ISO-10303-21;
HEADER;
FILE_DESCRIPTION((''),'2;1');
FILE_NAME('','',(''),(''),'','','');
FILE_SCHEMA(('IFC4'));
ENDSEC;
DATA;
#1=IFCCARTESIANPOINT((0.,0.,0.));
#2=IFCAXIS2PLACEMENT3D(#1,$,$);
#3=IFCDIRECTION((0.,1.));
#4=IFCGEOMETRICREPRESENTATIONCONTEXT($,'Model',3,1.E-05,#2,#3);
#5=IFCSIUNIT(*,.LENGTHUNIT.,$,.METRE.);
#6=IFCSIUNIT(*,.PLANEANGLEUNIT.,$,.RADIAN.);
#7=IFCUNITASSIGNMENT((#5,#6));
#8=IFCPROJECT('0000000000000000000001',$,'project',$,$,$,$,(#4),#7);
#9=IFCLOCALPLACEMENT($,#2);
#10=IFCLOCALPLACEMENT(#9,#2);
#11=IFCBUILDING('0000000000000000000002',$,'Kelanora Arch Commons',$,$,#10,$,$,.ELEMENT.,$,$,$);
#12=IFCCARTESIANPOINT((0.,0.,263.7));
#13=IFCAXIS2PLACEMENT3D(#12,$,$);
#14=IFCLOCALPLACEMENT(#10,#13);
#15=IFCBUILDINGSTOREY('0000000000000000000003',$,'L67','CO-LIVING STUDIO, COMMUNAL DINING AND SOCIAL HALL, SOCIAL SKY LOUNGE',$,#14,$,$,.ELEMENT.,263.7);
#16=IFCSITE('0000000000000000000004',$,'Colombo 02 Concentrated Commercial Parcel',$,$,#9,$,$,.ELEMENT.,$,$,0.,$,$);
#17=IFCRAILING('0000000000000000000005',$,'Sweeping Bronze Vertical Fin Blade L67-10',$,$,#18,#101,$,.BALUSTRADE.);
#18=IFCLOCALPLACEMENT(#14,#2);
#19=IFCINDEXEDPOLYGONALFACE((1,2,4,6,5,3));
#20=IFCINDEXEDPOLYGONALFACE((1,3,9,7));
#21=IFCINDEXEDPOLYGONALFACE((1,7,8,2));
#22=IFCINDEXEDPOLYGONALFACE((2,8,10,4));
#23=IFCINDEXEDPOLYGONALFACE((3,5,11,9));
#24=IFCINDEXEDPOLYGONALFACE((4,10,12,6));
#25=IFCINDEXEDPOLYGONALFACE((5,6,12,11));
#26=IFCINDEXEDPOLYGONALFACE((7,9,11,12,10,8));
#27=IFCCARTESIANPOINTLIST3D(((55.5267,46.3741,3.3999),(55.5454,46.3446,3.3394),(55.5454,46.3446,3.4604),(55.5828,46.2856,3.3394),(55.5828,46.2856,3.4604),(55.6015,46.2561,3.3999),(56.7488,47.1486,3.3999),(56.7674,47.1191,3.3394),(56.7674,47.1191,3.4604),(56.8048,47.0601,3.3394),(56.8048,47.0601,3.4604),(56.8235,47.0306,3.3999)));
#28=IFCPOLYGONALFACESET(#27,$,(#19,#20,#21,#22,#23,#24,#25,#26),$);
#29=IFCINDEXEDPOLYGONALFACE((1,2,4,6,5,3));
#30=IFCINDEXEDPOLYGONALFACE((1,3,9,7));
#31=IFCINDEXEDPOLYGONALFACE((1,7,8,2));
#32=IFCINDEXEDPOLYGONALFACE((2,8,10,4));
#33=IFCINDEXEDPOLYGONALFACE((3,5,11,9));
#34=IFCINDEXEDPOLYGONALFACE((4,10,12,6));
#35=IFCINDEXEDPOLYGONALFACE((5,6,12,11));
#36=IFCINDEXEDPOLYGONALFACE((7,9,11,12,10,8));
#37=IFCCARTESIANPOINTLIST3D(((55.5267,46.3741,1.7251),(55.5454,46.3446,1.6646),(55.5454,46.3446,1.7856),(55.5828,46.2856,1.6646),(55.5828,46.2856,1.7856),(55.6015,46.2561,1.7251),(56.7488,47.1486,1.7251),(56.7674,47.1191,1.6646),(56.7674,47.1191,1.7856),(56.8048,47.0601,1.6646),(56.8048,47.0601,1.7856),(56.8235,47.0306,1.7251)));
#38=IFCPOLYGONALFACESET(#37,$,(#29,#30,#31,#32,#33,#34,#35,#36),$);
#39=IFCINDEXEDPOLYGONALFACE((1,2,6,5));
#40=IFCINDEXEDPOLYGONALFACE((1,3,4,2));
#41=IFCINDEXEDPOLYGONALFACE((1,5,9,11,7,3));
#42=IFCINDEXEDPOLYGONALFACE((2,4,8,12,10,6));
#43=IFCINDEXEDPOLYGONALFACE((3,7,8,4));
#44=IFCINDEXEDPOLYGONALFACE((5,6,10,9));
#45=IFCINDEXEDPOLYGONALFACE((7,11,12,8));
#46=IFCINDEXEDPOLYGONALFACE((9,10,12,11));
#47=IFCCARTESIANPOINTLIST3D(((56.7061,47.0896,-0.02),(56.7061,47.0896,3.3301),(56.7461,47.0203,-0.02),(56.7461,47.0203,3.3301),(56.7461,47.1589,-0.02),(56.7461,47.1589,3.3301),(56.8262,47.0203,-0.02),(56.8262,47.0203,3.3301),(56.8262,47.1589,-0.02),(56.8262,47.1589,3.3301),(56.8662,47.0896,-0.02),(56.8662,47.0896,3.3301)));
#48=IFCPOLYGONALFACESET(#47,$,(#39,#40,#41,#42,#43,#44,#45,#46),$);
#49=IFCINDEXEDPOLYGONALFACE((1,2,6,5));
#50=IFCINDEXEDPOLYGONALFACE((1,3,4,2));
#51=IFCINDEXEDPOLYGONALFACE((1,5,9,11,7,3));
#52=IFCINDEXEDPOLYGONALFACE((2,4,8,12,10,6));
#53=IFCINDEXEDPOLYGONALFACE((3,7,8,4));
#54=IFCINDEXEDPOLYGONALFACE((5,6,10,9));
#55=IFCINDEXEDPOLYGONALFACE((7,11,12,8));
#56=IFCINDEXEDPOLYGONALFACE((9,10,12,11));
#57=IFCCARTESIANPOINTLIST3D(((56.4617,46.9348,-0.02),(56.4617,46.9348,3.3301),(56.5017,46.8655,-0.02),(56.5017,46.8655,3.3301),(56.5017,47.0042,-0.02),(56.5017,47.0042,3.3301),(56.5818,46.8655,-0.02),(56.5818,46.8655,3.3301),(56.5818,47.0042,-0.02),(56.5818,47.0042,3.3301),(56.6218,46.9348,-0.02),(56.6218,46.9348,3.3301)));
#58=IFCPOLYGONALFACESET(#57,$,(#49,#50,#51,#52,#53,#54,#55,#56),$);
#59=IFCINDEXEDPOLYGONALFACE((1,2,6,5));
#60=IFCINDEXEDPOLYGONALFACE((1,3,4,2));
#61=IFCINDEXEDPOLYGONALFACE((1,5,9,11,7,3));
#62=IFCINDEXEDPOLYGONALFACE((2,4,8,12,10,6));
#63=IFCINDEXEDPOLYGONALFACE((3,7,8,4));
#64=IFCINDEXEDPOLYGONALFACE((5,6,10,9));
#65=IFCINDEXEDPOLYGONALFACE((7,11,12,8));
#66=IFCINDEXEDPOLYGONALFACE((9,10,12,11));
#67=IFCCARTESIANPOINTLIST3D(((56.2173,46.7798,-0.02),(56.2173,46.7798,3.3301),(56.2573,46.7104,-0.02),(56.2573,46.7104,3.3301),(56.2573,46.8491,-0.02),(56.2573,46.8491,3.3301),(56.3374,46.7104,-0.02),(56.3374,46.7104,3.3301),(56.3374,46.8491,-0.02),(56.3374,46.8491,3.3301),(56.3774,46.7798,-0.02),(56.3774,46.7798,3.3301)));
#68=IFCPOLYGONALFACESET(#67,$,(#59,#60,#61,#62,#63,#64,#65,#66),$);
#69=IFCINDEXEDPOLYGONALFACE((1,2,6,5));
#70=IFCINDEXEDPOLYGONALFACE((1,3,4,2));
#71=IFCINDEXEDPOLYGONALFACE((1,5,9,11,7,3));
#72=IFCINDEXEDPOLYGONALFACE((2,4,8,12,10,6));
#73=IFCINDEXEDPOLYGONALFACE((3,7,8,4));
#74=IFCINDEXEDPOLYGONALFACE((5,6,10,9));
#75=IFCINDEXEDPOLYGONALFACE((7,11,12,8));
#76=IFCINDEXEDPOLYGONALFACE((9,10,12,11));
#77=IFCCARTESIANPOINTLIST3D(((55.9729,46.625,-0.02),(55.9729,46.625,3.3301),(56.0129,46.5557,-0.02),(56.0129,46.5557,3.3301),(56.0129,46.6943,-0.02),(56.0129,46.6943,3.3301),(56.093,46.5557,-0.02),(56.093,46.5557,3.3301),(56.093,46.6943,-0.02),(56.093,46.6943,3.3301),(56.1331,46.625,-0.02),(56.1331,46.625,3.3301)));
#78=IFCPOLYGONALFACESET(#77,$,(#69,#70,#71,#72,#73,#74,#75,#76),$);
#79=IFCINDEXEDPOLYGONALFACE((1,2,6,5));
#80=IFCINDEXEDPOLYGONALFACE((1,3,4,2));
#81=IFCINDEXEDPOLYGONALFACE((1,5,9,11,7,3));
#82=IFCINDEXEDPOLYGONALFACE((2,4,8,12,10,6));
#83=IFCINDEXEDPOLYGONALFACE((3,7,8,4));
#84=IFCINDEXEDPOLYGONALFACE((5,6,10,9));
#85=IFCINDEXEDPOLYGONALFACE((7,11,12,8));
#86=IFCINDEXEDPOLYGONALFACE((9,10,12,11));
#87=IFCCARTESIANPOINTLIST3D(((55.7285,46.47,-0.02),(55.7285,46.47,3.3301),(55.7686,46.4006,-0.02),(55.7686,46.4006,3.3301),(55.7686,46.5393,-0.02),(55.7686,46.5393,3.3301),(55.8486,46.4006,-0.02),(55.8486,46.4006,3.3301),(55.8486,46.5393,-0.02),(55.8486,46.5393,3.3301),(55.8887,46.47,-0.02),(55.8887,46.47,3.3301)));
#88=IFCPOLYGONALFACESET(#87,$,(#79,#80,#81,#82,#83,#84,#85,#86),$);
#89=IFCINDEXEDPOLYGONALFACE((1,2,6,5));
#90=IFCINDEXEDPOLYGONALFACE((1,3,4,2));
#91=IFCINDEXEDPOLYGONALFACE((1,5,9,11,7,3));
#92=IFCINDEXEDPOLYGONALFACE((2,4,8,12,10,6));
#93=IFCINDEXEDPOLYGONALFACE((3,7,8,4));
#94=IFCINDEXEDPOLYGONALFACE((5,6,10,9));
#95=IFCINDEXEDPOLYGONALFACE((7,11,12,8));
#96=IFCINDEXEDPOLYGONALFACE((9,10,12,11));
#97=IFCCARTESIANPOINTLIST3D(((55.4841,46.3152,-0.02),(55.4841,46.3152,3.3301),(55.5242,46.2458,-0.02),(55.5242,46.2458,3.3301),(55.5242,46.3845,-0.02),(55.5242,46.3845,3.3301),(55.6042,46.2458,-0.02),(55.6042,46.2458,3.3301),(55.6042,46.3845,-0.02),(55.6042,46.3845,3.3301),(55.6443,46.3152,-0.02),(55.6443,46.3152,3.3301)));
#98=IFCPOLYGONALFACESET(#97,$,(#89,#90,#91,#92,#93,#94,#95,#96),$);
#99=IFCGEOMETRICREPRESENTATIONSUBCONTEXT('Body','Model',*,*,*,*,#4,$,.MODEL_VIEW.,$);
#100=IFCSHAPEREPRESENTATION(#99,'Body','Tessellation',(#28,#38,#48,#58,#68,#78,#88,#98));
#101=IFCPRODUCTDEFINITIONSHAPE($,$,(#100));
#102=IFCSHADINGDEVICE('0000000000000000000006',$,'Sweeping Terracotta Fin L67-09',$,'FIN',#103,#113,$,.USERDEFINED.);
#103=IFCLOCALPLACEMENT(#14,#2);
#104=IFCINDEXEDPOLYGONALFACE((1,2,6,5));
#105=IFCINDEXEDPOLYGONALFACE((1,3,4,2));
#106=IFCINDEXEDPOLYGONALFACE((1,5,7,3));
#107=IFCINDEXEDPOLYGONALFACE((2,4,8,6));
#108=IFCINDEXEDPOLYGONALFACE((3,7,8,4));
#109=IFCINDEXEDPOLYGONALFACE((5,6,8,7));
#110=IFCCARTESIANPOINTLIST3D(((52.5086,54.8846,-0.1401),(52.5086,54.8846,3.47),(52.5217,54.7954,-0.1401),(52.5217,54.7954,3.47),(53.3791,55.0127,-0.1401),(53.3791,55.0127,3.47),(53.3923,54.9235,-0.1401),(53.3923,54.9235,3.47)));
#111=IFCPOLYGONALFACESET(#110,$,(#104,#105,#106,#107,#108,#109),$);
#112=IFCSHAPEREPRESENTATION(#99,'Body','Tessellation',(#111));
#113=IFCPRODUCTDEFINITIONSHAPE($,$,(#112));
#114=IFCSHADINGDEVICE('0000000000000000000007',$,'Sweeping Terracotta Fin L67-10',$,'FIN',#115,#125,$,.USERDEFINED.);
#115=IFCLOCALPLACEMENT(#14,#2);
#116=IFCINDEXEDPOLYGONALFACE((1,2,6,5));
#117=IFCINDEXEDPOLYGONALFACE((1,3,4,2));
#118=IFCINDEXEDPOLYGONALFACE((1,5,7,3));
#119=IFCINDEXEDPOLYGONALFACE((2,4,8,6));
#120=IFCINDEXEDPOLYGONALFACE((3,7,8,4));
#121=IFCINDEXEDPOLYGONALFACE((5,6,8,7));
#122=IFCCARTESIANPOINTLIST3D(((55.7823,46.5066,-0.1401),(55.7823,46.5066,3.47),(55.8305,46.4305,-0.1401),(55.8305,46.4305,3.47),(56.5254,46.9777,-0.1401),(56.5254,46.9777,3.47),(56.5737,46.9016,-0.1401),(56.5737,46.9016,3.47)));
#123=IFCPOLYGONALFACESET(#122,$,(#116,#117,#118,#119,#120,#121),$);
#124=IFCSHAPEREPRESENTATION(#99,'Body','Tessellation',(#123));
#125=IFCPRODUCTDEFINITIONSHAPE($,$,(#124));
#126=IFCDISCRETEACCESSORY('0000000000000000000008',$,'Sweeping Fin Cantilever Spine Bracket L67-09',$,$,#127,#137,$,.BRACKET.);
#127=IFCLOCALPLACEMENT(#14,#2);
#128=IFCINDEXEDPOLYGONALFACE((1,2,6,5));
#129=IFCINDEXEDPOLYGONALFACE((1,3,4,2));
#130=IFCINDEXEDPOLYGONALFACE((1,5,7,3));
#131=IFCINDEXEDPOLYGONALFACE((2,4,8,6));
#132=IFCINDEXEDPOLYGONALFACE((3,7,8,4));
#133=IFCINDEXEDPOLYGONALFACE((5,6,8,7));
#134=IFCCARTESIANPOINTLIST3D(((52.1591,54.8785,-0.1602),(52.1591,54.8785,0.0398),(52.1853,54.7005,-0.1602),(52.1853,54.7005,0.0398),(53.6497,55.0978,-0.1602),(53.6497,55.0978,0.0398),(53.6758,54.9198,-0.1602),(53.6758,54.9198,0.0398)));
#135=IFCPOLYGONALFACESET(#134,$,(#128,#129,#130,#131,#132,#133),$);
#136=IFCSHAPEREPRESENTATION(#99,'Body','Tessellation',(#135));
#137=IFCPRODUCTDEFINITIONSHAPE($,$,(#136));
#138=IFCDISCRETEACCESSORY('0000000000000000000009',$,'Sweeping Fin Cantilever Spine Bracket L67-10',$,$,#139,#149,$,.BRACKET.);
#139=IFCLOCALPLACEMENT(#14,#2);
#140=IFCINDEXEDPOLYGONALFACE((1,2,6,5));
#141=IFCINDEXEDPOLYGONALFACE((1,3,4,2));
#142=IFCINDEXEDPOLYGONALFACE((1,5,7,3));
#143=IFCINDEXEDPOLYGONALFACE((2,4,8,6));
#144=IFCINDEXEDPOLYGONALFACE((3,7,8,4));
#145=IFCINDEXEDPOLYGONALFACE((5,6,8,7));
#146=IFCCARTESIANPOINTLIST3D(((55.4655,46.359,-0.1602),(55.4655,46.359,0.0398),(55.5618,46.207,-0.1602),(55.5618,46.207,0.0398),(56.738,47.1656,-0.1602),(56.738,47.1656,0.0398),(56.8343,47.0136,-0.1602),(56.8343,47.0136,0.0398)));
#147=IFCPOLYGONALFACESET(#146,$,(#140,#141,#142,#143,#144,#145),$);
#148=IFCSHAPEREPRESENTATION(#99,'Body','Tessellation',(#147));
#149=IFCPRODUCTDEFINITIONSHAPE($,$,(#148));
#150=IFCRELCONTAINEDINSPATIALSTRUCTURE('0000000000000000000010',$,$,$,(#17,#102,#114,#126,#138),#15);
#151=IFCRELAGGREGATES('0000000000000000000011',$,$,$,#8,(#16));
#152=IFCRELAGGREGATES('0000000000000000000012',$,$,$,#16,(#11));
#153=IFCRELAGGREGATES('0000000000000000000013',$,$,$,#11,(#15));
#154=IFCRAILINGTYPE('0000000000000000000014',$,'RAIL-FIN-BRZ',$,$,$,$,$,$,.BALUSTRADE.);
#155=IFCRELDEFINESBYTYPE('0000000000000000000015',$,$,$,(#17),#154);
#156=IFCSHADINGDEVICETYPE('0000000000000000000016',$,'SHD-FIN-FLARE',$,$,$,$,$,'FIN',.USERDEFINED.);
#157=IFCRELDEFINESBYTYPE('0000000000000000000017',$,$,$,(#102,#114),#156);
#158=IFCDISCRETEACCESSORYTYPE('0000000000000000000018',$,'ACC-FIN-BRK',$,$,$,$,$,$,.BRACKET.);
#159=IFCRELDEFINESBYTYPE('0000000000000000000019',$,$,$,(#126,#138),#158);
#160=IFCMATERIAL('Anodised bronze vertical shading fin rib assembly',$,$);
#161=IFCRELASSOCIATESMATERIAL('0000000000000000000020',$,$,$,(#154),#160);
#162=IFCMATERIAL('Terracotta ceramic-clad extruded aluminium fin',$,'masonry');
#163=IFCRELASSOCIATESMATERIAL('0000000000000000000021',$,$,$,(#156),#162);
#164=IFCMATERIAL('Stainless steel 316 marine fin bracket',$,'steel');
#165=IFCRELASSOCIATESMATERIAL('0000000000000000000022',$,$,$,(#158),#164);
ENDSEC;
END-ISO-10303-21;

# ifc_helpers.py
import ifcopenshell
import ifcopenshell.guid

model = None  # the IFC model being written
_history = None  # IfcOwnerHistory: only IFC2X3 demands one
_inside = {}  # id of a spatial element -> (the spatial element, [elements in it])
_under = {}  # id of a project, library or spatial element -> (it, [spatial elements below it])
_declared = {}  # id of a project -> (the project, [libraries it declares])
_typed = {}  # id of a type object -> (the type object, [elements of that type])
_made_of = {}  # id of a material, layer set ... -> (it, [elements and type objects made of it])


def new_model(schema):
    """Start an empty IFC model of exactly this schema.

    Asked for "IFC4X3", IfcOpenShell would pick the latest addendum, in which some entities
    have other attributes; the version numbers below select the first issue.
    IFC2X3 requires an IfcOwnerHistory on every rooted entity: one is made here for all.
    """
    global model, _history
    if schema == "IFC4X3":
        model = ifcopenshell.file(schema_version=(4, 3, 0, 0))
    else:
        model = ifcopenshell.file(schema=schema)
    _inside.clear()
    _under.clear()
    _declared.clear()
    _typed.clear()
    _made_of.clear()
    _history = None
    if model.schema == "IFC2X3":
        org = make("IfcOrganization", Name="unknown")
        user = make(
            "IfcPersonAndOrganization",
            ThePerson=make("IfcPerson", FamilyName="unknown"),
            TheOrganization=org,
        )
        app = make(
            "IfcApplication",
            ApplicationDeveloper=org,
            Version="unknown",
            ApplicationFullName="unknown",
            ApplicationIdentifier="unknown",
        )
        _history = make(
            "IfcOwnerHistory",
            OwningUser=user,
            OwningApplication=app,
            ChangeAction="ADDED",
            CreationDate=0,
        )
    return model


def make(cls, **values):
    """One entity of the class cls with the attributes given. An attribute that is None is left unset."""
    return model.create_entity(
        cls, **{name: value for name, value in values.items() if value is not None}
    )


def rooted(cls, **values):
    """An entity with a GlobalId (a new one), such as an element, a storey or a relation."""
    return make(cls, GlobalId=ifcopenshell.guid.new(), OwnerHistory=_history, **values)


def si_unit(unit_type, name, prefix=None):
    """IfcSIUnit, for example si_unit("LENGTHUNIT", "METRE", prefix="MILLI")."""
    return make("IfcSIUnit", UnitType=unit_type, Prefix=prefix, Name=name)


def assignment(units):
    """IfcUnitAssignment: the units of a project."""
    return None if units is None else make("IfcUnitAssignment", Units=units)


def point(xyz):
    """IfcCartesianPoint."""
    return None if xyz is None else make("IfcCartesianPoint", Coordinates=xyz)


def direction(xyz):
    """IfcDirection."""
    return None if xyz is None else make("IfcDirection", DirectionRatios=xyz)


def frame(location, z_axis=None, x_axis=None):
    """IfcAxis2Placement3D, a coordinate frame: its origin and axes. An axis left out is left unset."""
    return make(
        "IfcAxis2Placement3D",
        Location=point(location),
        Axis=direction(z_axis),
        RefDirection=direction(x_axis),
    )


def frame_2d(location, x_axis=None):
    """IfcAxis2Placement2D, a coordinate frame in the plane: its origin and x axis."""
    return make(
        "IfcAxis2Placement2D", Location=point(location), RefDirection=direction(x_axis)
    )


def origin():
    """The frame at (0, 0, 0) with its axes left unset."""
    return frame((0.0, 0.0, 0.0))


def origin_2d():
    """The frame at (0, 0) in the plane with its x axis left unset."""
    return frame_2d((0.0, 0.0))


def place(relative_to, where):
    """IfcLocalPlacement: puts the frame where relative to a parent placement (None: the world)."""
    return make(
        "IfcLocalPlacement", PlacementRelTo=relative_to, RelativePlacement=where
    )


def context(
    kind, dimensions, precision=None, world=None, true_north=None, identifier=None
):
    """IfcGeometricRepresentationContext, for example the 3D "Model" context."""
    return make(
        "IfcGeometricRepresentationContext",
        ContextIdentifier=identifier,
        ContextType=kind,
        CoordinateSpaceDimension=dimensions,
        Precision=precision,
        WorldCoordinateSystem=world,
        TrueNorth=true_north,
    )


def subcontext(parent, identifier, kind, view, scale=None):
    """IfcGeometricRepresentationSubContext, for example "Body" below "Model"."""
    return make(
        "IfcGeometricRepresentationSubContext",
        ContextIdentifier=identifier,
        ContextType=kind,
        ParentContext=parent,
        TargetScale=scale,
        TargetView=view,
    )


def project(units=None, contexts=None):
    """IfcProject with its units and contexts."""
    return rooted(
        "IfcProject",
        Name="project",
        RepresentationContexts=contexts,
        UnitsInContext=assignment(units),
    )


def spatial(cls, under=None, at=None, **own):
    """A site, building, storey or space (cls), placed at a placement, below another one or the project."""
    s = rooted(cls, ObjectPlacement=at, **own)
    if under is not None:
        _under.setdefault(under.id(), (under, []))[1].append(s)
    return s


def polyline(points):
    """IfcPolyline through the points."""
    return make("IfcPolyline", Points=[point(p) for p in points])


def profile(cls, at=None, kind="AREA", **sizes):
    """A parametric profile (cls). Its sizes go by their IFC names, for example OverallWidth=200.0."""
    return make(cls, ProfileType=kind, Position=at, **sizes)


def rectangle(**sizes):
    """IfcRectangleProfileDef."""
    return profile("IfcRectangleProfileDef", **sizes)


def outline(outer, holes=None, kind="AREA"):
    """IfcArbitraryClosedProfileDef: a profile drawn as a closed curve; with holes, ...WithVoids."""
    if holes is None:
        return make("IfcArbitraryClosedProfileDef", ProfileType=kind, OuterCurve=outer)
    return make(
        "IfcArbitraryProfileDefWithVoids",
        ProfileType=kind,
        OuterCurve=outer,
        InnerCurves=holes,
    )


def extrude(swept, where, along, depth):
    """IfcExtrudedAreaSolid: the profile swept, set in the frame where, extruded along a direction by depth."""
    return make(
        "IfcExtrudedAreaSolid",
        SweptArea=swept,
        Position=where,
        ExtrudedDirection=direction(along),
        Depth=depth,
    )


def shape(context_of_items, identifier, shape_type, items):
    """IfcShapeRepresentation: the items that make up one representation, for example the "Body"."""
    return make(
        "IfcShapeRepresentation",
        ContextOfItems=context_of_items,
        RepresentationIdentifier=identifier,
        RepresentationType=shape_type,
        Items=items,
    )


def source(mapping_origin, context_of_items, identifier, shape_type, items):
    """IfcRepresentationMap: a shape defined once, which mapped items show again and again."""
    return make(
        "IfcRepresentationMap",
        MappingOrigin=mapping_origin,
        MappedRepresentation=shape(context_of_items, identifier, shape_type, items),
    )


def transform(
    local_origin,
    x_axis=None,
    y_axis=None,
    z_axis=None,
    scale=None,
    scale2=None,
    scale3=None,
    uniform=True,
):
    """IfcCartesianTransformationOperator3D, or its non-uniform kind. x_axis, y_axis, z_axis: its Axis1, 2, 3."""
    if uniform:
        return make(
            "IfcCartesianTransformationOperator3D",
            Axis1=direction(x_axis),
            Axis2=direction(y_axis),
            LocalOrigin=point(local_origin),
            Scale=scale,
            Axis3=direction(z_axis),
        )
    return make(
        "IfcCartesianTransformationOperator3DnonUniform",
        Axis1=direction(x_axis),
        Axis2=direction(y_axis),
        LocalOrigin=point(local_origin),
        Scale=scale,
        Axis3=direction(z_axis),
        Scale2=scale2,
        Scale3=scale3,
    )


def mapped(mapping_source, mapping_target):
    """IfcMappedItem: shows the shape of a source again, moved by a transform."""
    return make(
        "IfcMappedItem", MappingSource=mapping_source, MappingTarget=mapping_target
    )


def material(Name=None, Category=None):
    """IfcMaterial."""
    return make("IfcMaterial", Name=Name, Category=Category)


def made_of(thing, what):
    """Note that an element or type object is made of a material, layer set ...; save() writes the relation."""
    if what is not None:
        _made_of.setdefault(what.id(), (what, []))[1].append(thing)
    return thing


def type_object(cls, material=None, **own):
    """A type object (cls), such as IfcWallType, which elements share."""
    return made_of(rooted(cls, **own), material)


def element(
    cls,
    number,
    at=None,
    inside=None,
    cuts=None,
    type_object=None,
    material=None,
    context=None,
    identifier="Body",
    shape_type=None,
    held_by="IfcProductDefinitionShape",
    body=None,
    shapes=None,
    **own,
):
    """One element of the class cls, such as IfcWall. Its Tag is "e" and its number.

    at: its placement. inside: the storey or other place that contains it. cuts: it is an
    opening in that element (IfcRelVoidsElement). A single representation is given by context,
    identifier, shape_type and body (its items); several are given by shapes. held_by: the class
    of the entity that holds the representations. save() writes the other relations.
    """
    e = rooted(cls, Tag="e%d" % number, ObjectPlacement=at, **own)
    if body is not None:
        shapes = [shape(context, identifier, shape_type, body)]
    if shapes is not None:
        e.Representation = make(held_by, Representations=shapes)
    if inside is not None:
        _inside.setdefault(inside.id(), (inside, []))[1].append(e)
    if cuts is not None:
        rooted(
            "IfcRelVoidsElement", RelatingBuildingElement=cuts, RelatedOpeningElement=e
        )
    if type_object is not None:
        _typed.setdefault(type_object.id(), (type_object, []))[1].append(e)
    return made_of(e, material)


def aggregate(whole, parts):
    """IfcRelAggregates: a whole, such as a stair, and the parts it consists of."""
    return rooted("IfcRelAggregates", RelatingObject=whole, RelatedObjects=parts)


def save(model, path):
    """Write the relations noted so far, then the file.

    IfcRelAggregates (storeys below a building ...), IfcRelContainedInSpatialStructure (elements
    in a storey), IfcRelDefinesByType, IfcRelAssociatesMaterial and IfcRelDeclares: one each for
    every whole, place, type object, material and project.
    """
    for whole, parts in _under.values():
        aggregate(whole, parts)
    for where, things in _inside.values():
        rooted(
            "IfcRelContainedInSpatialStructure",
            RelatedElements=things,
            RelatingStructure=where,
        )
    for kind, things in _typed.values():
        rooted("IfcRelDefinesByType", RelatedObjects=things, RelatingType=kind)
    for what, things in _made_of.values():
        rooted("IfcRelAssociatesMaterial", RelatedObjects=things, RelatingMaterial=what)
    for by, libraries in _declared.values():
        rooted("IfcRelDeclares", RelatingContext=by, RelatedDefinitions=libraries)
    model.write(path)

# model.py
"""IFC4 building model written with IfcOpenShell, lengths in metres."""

from ifc_helpers import new_model, si_unit, direction, frame, origin, origin_2d, place, context, subcontext, project, spatial, polyline, rectangle, outline, extrude, source, transform, mapped, material, type_object, element, save


model = new_model("IFC4")

# Units and contexts
model_context = context("Model", 3, precision=1e-05, world=origin(), true_north=direction((0.0, 1.0)))
body_context = subcontext(model_context, "Body", "Model", "MODEL_VIEW")
ifc_project = project(units=[si_unit("LENGTHUNIT", "METRE"), si_unit("PLANEANGLEUNIT", "RADIAN")], contexts=[model_context])

# Site, building, storey
site_placement = place(None, origin())
site = spatial("IfcSite", under=ifc_project, at=site_placement, Name="Colombo 02 Concentrated Commercial Parcel", CompositionType="ELEMENT", RefElevation=0.0)
building_placement = place(site_placement, origin())
building = spatial("IfcBuilding", under=site, at=building_placement, Name="Kelanora Arch Commons", CompositionType="ELEMENT")
storey_placement = place(building_placement, frame((0.0, 0.0, 263.7)))
storey = spatial("IfcBuildingStorey", under=building, at=storey_placement, Name="L67", Description="CO-LIVING STUDIO, COMMUNAL DINING AND SOCIAL HALL, SOCIAL SKY LOUNGE", CompositionType="ELEMENT", Elevation=263.7)

# Railing
ifc_material_1 = material(Name="Anodised bronze vertical shading fin rib assembly")
railing_type = type_object("IfcRailingType", Name="RAIL-FIN-BRZ", PredefinedType="BALUSTRADE", material=ifc_material_1)
railing_1_placement = place(storey_placement, frame((56.7861, 47.0896, -0.02)))
element("IfcRailing", 1, at=railing_1_placement, inside=storey, type_object=railing_type, Name="Sweeping Bronze Vertical Fin Blade L67-10", PredefinedType="BALUSTRADE", context=body_context, shape_type="SweptSolid", body=[
    extrude(outline(polyline([(0.0698, 0.0), (0.0349, 0.0605), (-0.0349, 0.0605), (-0.0698, 0.0), (-0.0349, -0.0605), (0.0349, -0.0605), (0.0698, 0.0)])), frame((0.0, 0.0, 3.4199), z_axis=(-0.844654, -0.535313, 0.0), x_axis=(0.535313, -0.844654, 0.0)), (0.0, 0.0, 1.0), 1.4468),
    extrude(outline(polyline([(0.0698, 0.0), (0.0349, 0.0605), (-0.0349, 0.0605), (-0.0698, 0.0), (-0.0349, -0.0605), (0.0349, -0.0605), (0.0698, 0.0)])), frame((0.0, 0.0, 1.7451), z_axis=(-0.844654, -0.535313, 0.0), x_axis=(0.535313, -0.844654, 0.0)), (0.0, 0.0, 1.0), 1.4468),
    extrude(outline(polyline([(0.0801, 0.0), (0.04, 0.0693), (-0.04, 0.0693), (-0.0801, 0.0), (-0.04, -0.0693), (0.04, -0.0693), (0.0801, 0.0)])), origin(), (0.0, 0.0, 1.0), 3.3501),
    extrude(outline(polyline([(0.0801, 0.0), (0.04, 0.0693), (-0.04, 0.0693), (-0.0801, 0.0), (-0.04, -0.0693), (0.04, -0.0693), (0.0801, 0.0)])), frame((-0.2444, -0.1548, 0.0)), (0.0, 0.0, 1.0), 3.3501),
    extrude(outline(polyline([(0.0801, 0.0), (0.04, 0.0693), (-0.04, 0.0693), (-0.0801, 0.0), (-0.04, -0.0693), (0.04, -0.0693), (0.0801, 0.0)])), frame((-0.4888, -0.3098, 0.0)), (0.0, 0.0, 1.0), 3.3501),
    extrude(outline(polyline([(0.0801, 0.0), (0.04, 0.0693), (-0.04, 0.0693), (-0.0801, 0.0), (-0.04, -0.0693), (0.04, -0.0693), (0.0801, 0.0)])), frame((-0.7332, -0.4646, 0.0)), (0.0, 0.0, 1.0), 3.3501),
    extrude(outline(polyline([(0.0801, 0.0), (0.04, 0.0693), (-0.04, 0.0693), (-0.0801, 0.0), (-0.04, -0.0693), (0.04, -0.0693), (0.0801, 0.0)])), frame((-0.9775, -0.6196, 0.0)), (0.0, 0.0, 1.0), 3.3501),
    extrude(outline(polyline([(0.0801, 0.0), (0.04, 0.0693), (-0.04, 0.0693), (-0.0801, 0.0), (-0.04, -0.0693), (0.04, -0.0693), (0.0801, 0.0)])), frame((-1.2219, -0.7744, 0.0)), (0.0, 0.0, 1.0), 3.3501),
])

# Shading devices
ifc_material_2 = material(Name="Terracotta ceramic-clad extruded aluminium fin", Category="masonry")
shading_device_type = type_object("IfcShadingDeviceType", Name="SHD-FIN-FLARE", ElementType="FIN", PredefinedType="USERDEFINED", material=ifc_material_2)
shared_shape_1 = source(origin(), body_context, "Body", "SweptSolid", [
    extrude(rectangle(XDim=0.8799, YDim=0.0901, at=origin_2d()), origin(), (0.0, 0.0, 1.0), 3.6101),
])
for number, where, z_axis, x_axis, name in (
    (2, (52.9504, 54.9041, -0.1401), (0.0, 0.0, 1.0), (-0.989349, -0.145565, 0.0), "Sweeping Terracotta Fin L67-09"),
    (3, (56.178, 46.7041, -0.1401), (0.0, 0.0, 1.0), (-0.844608, -0.535385, 0.0), "Sweeping Terracotta Fin L67-10"),
):
    element("IfcShadingDevice", number, at=place(storey_placement, frame(where, z_axis=z_axis, x_axis=x_axis)), inside=storey, type_object=shading_device_type, Name=name, ObjectType="FIN", PredefinedType="USERDEFINED", context=body_context, shape_type="MappedRepresentation", body=[
        mapped(shared_shape_1, transform((0.0, 0.0, 0.0), scale=1.0)),
    ])

# Discrete accessories
ifc_material_3 = material(Name="Stainless steel 316 marine fin bracket", Category="steel")
discrete_accessory_type = type_object("IfcDiscreteAccessoryType", Name="ACC-FIN-BRK", PredefinedType="BRACKET", material=ifc_material_3)
shared_shape_2 = source(origin(), body_context, "Body", "SweptSolid", [
    extrude(rectangle(XDim=1.5066, YDim=0.1799, at=origin_2d()), origin(), (0.0, 0.0, 1.0), 0.2),
])
for number, where, z_axis, x_axis, name in (
    (4, (52.9175, 54.8992, -0.1602), (0.0, 0.0, 1.0), (-0.989349, -0.145565, 0.0), "Sweeping Fin Cantilever Spine Bracket L67-09"),
    (5, (56.1499, 46.6863, -0.1602), (0.0, 0.0, 1.0), (-0.844608, -0.535385, 0.0), "Sweeping Fin Cantilever Spine Bracket L67-10"),
):
    element("IfcDiscreteAccessory", number, at=place(storey_placement, frame(where, z_axis=z_axis, x_axis=x_axis)), inside=storey, type_object=discrete_accessory_type, Name=name, PredefinedType="BRACKET", context=body_context, shape_type="MappedRepresentation", body=[
        mapped(shared_shape_2, transform((0.0, 0.0, 0.0), scale=1.0)),
    ])

save(model, "model.ifc")
